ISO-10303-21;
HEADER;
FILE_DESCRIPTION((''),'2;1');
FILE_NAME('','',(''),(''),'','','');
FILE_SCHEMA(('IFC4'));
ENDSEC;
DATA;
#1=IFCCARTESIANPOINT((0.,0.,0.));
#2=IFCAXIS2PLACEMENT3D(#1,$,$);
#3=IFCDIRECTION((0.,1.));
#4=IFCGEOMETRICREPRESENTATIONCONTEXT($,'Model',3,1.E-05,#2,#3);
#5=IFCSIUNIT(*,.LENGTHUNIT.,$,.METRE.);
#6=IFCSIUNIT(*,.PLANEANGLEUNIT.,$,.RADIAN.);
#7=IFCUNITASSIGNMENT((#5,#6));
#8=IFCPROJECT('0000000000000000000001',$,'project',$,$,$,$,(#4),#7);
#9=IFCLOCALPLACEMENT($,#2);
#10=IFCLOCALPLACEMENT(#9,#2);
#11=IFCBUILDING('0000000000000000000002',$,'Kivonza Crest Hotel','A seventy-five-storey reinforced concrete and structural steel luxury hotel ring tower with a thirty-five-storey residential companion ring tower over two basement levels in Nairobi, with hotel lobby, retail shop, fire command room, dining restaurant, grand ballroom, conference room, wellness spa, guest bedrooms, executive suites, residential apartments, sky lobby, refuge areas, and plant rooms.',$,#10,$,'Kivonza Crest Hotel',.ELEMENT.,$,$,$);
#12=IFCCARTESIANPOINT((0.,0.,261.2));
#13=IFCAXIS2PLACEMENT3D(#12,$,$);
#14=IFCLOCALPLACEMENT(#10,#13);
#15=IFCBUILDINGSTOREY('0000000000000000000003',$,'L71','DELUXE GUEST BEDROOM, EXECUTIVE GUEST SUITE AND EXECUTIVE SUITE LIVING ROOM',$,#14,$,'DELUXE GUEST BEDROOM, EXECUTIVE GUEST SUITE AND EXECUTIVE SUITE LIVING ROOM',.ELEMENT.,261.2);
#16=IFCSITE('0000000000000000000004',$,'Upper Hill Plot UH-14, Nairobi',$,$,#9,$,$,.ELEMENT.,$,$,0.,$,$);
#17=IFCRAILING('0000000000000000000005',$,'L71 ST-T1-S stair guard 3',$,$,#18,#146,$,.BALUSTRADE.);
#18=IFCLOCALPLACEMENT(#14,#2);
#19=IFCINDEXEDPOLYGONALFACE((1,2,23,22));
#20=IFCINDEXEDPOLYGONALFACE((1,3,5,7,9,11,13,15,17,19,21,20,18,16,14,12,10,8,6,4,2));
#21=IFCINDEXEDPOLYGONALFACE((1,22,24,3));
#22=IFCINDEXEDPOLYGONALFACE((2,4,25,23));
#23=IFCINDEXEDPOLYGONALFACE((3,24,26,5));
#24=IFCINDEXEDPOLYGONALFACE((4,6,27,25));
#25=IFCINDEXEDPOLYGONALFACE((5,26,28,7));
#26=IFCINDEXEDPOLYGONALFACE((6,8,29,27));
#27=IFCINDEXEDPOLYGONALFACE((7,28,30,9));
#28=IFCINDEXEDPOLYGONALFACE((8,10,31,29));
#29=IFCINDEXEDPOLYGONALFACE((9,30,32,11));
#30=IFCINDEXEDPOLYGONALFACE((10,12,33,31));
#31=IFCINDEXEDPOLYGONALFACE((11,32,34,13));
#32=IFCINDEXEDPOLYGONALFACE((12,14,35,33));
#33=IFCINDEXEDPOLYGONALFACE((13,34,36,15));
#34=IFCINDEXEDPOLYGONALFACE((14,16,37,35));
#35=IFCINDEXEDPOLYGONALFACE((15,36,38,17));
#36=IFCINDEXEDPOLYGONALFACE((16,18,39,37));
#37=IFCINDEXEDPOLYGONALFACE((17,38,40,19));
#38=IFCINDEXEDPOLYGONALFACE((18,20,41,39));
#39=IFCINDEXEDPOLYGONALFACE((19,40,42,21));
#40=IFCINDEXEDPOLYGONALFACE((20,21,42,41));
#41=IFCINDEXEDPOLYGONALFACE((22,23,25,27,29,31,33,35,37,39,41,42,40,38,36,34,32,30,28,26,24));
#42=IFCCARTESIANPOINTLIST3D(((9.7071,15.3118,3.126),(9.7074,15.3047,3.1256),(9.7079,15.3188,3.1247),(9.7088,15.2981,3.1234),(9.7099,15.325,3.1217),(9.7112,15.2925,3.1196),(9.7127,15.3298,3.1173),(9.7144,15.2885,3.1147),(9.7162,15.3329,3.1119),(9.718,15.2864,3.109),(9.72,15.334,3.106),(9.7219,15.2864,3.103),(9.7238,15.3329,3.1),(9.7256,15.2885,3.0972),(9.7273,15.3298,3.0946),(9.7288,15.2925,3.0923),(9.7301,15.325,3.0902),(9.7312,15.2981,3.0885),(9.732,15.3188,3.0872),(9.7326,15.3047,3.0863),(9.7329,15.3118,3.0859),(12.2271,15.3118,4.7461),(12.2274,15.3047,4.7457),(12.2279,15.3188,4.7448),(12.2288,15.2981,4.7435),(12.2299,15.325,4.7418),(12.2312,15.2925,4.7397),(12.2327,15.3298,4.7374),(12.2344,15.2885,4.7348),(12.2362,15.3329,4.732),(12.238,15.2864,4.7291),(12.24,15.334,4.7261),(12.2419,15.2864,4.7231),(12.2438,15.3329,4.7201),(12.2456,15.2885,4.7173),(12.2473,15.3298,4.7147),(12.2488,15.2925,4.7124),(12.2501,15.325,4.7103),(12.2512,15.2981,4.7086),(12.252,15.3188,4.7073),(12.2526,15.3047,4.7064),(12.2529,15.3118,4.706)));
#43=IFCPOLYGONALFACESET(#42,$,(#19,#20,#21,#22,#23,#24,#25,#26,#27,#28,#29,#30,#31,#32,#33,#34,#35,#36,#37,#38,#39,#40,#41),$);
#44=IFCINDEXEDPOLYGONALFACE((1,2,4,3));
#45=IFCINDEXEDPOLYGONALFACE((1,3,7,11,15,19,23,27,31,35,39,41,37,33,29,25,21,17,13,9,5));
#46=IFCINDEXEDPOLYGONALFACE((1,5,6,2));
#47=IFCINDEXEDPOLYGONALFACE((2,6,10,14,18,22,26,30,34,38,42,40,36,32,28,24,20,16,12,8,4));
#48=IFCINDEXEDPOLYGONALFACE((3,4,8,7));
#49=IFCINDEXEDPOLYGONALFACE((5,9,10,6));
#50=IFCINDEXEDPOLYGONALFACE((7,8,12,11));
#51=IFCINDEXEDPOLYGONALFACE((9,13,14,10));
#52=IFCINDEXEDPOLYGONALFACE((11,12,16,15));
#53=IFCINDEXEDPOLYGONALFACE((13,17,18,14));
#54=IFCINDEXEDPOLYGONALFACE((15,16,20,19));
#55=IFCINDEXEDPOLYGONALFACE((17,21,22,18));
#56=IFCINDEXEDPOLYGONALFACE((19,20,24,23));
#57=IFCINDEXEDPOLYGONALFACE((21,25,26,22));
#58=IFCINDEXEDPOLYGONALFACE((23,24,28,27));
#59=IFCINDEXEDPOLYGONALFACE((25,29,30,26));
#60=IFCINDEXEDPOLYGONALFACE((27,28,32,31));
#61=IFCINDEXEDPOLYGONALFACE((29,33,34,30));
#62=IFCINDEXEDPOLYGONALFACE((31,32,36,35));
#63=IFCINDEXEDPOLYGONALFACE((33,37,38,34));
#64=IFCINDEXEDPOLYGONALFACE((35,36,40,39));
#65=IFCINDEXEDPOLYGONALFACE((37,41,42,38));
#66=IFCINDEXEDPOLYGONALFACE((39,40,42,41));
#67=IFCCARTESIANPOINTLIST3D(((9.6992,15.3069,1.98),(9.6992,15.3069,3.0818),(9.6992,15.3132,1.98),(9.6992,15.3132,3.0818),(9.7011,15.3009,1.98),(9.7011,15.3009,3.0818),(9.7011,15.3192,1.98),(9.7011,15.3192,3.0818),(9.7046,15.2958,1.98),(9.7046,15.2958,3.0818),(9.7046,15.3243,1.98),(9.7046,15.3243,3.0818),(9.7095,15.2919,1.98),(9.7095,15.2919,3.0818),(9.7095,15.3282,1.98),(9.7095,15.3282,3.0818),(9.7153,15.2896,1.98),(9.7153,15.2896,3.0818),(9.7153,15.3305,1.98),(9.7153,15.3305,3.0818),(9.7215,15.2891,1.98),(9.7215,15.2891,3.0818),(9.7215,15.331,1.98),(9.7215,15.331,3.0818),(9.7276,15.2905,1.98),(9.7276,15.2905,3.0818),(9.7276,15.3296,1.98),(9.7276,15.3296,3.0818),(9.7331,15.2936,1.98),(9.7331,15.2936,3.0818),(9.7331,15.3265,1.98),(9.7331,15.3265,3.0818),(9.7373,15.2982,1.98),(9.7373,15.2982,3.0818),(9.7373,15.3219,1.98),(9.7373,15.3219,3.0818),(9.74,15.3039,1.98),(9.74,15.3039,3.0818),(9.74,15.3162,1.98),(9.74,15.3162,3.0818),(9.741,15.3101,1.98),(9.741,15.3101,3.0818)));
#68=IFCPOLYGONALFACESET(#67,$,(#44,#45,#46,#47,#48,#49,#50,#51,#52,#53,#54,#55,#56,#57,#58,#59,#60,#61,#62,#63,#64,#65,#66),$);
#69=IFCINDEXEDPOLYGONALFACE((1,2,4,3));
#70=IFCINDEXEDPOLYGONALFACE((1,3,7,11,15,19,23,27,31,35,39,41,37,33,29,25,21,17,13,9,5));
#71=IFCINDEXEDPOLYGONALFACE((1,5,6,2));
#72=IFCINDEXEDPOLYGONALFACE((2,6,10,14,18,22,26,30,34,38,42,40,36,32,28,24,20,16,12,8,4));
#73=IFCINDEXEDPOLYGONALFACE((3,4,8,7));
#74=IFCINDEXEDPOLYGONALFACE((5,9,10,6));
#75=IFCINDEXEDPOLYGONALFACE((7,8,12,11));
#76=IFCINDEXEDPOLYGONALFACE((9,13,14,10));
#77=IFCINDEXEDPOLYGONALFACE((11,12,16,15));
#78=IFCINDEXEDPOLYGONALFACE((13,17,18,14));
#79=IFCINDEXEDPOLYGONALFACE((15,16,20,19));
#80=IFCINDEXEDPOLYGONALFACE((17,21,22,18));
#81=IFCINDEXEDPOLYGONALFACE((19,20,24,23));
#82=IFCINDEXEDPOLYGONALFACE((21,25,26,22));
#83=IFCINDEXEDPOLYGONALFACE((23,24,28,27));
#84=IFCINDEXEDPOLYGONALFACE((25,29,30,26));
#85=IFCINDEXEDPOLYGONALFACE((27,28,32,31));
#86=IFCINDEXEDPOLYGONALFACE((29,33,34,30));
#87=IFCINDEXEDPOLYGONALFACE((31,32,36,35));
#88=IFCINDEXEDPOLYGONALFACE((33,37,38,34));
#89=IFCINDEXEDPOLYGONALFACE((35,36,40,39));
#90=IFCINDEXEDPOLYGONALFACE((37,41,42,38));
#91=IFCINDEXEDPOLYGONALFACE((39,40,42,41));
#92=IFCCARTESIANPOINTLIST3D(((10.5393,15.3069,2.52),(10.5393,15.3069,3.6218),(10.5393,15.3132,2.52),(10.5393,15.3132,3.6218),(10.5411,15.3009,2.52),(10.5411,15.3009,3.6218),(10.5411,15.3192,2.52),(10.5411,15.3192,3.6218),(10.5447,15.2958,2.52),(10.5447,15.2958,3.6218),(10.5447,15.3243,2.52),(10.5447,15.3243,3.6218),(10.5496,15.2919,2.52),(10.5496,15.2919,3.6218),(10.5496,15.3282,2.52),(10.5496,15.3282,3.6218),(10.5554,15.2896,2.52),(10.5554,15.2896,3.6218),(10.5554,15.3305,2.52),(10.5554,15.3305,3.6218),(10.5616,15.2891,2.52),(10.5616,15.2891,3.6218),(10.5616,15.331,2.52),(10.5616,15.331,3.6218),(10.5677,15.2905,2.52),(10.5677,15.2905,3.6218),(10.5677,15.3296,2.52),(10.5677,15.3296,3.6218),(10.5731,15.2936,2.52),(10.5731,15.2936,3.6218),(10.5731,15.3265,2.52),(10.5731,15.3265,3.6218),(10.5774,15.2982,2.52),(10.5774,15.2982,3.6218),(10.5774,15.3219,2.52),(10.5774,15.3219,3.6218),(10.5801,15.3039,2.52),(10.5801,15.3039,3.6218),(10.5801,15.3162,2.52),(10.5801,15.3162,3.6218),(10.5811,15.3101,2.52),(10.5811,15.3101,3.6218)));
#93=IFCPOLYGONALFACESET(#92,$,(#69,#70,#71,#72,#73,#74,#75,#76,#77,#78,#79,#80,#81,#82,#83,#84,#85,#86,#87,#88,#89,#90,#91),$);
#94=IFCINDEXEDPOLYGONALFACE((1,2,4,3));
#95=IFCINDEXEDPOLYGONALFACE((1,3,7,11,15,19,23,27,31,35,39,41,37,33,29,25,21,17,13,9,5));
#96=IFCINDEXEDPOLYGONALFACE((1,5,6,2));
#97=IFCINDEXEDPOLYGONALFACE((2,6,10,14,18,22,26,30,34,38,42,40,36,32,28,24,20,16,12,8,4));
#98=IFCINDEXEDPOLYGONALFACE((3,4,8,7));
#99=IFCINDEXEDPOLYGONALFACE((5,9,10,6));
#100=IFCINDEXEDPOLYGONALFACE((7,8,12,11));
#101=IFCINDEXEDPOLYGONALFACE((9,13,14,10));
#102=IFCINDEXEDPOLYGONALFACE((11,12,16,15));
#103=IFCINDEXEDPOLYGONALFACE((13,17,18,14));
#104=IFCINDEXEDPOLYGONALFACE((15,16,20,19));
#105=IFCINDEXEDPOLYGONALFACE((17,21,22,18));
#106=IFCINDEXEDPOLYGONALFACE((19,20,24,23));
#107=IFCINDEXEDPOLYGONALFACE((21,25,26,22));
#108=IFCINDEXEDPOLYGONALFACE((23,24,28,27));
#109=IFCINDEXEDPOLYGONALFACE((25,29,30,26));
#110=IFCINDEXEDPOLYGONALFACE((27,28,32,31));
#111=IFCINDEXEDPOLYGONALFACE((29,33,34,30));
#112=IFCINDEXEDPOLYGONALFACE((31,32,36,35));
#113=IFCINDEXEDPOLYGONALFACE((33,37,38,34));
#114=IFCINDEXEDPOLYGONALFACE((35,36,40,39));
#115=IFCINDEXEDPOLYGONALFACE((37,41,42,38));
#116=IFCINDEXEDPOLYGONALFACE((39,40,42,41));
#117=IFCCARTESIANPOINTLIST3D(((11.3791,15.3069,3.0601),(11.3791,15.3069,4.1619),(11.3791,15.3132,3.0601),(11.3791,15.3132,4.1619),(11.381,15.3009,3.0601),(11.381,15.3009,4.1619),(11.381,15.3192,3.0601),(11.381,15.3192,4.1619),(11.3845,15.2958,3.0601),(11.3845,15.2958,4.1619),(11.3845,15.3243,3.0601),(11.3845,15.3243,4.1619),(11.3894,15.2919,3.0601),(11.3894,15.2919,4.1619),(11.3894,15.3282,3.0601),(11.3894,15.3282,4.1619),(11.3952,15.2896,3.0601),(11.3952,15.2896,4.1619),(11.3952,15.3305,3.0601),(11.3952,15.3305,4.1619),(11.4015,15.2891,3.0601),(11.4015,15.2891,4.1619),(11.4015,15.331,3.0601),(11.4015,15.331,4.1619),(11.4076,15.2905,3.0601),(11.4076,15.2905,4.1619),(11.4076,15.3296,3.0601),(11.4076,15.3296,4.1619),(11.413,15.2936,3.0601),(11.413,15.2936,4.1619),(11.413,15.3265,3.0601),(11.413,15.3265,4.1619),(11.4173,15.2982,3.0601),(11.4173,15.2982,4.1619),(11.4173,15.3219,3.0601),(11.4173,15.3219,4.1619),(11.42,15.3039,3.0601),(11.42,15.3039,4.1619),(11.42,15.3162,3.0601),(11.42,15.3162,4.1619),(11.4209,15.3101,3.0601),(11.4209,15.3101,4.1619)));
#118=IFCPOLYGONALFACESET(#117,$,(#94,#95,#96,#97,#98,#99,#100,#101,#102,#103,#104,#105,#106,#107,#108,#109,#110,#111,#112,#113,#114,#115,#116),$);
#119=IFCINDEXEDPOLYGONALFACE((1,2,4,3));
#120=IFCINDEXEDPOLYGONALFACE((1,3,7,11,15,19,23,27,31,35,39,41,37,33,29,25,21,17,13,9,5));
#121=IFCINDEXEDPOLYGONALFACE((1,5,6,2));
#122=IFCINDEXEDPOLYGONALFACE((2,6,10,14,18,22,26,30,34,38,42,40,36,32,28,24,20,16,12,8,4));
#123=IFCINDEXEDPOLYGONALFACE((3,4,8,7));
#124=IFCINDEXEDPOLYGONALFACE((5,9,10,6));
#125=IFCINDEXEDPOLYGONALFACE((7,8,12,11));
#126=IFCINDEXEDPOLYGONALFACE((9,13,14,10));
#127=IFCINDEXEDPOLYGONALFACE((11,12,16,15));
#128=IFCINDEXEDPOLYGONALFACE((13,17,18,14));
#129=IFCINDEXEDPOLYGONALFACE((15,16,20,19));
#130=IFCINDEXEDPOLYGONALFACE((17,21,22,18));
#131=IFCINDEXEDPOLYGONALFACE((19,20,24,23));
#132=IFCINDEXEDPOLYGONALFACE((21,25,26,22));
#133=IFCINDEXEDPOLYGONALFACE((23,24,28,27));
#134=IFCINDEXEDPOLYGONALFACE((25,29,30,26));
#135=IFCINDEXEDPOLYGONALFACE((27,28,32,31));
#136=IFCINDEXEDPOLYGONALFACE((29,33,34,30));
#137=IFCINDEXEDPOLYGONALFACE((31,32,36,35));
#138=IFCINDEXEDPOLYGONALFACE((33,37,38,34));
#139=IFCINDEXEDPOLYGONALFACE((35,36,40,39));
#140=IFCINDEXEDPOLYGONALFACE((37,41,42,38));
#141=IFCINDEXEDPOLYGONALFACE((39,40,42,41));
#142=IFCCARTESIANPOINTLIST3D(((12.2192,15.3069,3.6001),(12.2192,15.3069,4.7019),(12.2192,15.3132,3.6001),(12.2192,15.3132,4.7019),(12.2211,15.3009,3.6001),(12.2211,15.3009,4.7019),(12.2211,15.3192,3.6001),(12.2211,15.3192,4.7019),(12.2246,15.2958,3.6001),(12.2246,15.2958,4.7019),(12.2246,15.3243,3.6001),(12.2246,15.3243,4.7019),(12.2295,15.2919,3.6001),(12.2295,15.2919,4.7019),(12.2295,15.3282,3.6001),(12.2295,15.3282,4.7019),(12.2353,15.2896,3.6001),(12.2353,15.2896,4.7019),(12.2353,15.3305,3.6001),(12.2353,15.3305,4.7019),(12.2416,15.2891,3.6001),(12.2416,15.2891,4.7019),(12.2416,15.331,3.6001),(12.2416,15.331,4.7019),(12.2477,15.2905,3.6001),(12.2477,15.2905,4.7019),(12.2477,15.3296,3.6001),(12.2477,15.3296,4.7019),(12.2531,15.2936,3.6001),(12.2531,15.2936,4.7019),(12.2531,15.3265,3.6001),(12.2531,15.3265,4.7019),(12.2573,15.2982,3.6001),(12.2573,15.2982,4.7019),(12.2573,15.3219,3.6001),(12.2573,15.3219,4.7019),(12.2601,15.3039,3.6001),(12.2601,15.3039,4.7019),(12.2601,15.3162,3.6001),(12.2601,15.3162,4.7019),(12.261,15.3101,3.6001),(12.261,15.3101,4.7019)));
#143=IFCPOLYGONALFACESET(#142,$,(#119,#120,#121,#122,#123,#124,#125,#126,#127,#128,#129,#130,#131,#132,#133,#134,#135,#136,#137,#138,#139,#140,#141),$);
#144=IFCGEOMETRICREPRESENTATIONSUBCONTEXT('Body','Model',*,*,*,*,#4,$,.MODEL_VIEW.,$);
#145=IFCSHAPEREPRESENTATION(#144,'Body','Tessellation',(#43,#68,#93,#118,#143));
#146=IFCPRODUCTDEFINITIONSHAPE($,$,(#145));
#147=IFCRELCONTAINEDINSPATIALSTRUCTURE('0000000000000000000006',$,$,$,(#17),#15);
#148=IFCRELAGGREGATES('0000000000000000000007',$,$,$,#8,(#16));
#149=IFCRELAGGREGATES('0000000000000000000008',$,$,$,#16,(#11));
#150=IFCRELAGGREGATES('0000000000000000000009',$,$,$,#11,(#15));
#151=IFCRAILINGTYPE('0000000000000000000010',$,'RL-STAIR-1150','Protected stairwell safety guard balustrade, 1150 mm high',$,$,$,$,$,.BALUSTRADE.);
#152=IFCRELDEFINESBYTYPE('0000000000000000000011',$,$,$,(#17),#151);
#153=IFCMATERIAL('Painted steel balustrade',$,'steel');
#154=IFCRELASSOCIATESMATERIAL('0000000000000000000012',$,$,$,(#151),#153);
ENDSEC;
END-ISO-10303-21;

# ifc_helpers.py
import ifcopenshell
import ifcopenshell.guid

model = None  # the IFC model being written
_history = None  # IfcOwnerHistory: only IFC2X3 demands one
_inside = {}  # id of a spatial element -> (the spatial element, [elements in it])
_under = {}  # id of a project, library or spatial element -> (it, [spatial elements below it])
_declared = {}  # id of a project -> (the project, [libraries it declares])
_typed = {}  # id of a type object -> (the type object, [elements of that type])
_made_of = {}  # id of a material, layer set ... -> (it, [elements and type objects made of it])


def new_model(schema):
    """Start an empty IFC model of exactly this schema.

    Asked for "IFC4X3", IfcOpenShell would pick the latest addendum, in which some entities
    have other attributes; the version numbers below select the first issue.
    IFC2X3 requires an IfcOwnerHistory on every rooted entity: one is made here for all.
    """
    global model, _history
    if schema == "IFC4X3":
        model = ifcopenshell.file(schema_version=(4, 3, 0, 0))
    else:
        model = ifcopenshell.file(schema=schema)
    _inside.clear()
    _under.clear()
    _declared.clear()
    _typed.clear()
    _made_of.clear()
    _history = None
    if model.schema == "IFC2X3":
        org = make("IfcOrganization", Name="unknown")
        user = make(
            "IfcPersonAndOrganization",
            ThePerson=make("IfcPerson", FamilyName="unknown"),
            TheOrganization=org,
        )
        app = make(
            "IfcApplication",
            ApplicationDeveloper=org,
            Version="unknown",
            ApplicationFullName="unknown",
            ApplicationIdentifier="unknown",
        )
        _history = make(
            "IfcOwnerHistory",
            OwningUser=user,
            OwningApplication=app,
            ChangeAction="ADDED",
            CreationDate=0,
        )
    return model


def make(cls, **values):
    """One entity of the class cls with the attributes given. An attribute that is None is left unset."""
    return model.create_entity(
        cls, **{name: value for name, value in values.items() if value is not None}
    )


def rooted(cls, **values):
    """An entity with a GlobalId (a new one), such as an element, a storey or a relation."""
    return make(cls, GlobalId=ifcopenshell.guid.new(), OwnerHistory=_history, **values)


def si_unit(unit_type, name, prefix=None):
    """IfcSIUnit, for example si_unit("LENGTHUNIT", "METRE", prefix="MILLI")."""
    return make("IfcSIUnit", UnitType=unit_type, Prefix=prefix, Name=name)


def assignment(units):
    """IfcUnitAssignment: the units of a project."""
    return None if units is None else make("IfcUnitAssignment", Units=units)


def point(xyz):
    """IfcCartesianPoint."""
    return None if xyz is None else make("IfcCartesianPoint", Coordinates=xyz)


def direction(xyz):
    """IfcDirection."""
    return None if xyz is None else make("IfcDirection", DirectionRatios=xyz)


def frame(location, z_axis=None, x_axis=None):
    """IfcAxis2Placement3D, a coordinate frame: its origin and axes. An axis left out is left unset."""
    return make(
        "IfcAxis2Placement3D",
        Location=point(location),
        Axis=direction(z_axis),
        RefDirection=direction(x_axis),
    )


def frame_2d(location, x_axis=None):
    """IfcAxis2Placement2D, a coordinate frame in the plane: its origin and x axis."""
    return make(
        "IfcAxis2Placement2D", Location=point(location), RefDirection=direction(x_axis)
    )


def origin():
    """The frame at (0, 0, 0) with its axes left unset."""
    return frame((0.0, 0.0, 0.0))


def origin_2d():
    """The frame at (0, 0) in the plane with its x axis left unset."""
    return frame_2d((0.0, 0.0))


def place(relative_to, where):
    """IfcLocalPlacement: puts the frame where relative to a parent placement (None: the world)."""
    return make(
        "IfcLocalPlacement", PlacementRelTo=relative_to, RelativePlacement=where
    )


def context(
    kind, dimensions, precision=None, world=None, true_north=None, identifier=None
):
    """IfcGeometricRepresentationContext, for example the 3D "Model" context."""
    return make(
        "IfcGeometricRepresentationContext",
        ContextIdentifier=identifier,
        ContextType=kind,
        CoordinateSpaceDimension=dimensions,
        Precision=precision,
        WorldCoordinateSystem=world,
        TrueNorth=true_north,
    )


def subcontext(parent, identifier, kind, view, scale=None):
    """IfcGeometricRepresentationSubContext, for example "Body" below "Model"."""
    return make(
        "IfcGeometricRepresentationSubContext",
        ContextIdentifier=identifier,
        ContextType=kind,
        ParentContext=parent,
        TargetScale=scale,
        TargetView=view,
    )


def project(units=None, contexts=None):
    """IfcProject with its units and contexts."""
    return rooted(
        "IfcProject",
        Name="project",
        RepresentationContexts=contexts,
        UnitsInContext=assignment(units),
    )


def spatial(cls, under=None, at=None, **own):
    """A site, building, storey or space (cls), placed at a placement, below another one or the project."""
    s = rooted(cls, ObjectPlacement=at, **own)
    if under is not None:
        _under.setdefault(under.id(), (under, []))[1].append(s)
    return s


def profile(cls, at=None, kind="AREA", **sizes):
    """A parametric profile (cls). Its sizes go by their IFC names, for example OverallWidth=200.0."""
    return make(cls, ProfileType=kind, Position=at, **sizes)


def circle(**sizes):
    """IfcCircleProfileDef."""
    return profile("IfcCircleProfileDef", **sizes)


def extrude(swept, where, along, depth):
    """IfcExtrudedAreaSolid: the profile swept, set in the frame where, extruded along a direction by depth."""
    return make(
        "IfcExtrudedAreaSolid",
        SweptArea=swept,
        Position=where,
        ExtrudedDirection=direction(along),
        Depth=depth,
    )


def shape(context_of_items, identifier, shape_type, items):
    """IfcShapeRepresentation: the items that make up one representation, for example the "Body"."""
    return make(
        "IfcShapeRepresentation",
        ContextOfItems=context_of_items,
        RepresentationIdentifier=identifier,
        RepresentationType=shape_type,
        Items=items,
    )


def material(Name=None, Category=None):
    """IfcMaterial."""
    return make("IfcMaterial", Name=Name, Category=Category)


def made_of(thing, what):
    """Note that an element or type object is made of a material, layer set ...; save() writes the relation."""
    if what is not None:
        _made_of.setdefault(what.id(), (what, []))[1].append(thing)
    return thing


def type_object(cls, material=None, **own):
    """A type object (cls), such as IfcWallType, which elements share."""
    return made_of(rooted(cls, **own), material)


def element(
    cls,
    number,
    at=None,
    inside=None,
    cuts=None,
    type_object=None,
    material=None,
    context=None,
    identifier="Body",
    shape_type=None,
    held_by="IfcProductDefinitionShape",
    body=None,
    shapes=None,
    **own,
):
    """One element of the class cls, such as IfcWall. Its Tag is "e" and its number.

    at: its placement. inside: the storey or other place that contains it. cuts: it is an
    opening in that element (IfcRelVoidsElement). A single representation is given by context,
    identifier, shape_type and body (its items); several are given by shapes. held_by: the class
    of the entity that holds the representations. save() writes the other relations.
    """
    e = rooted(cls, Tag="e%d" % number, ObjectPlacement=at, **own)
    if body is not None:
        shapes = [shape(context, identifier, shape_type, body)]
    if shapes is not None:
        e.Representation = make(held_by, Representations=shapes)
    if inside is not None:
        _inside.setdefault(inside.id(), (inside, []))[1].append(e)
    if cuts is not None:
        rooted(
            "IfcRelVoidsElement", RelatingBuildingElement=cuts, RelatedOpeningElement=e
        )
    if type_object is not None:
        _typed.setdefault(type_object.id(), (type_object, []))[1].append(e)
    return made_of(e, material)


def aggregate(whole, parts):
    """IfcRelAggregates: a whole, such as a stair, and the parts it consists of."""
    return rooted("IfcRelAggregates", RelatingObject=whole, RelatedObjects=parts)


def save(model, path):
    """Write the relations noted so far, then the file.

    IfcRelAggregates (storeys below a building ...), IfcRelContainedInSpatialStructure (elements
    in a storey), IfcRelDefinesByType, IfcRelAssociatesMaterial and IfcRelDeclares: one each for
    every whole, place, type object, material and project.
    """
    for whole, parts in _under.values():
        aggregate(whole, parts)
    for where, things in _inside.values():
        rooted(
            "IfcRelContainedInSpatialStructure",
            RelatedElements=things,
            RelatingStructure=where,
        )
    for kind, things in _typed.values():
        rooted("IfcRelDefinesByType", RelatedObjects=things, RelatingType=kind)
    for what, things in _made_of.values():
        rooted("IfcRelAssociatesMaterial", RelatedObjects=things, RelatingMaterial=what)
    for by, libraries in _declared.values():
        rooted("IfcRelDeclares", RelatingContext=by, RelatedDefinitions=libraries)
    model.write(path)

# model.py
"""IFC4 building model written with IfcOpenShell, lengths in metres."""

from ifc_helpers import new_model, si_unit, direction, frame, origin, origin_2d, place, context, subcontext, project, spatial, circle, extrude, material, type_object, element, save


model = new_model("IFC4")

# Units and contexts
model_context = context("Model", 3, precision=1e-05, world=origin(), true_north=direction((0.0, 1.0)))
body_context = subcontext(model_context, "Body", "Model", "MODEL_VIEW")
ifc_project = project(units=[si_unit("LENGTHUNIT", "METRE"), si_unit("PLANEANGLEUNIT", "RADIAN")], contexts=[model_context])

# Site, building, storey
site_placement = place(None, origin())
site = spatial("IfcSite", under=ifc_project, at=site_placement, Name="Upper Hill Plot UH-14, Nairobi", CompositionType="ELEMENT", RefElevation=0.0)
building_placement = place(site_placement, origin())
building = spatial("IfcBuilding", under=site, at=building_placement, Name="Kivonza Crest Hotel", Description="A seventy-five-storey reinforced concrete and structural steel luxury hotel ring tower with a thirty-five-storey residential companion ring tower over two basement levels in Nairobi, with hotel lobby, retail shop, fire command room, dining restaurant, grand ballroom, conference room, wellness spa, guest bedrooms, executive suites, residential apartments, sky lobby, refuge areas, and plant rooms.", LongName="Kivonza Crest Hotel", CompositionType="ELEMENT")
storey_placement = place(building_placement, frame((0.0, 0.0, 261.2)))
storey = spatial("IfcBuildingStorey", under=building, at=storey_placement, Name="L71", Description="DELUXE GUEST BEDROOM, EXECUTIVE GUEST SUITE AND EXECUTIVE SUITE LIVING ROOM", LongName="DELUXE GUEST BEDROOM, EXECUTIVE GUEST SUITE AND EXECUTIVE SUITE LIVING ROOM", CompositionType="ELEMENT", Elevation=261.2)

# Railing
ifc_material_1 = material(Name="Painted steel balustrade", Category="steel")
railing_type_1 = type_object("IfcRailingType", Name="RL-STAIR-1150", Description="Protected stairwell safety guard balustrade, 1150 mm high", PredefinedType="BALUSTRADE", material=ifc_material_1)
railing_1_placement = place(storey_placement, frame((9.72, 15.3101, 1.98)))
element("IfcRailing", 1, at=railing_1_placement, inside=storey, type_object=railing_type_1, Name="L71 ST-T1-S stair guard 3", PredefinedType="BALUSTRADE", context=body_context, shape_type="SweptSolid", body=[
    extrude(circle(Radius=0.0239, at=origin_2d()), frame((0.0, 0.0, 1.126), z_axis=(0.841163, 0.0, 0.540782), x_axis=(0.0, 1.0, 0.0)), (0.0, 0.0, 1.0), 2.9958),
    extrude(circle(Radius=0.021, at=origin_2d()), origin(), (0.0, 0.0, 1.0), 1.1018),
    extrude(circle(Radius=0.021, at=origin_2d()), frame((0.8401, 0.0, 0.54)), (0.0, 0.0, 1.0), 1.1018),
    extrude(circle(Radius=0.021, at=origin_2d()), frame((1.6799, 0.0, 1.0801)), (0.0, 0.0, 1.0), 1.1018),
    extrude(circle(Radius=0.021, at=origin_2d()), frame((2.52, 0.0, 1.6201)), (0.0, 0.0, 1.0), 1.1018),
])

save(model, "model.ifc")
